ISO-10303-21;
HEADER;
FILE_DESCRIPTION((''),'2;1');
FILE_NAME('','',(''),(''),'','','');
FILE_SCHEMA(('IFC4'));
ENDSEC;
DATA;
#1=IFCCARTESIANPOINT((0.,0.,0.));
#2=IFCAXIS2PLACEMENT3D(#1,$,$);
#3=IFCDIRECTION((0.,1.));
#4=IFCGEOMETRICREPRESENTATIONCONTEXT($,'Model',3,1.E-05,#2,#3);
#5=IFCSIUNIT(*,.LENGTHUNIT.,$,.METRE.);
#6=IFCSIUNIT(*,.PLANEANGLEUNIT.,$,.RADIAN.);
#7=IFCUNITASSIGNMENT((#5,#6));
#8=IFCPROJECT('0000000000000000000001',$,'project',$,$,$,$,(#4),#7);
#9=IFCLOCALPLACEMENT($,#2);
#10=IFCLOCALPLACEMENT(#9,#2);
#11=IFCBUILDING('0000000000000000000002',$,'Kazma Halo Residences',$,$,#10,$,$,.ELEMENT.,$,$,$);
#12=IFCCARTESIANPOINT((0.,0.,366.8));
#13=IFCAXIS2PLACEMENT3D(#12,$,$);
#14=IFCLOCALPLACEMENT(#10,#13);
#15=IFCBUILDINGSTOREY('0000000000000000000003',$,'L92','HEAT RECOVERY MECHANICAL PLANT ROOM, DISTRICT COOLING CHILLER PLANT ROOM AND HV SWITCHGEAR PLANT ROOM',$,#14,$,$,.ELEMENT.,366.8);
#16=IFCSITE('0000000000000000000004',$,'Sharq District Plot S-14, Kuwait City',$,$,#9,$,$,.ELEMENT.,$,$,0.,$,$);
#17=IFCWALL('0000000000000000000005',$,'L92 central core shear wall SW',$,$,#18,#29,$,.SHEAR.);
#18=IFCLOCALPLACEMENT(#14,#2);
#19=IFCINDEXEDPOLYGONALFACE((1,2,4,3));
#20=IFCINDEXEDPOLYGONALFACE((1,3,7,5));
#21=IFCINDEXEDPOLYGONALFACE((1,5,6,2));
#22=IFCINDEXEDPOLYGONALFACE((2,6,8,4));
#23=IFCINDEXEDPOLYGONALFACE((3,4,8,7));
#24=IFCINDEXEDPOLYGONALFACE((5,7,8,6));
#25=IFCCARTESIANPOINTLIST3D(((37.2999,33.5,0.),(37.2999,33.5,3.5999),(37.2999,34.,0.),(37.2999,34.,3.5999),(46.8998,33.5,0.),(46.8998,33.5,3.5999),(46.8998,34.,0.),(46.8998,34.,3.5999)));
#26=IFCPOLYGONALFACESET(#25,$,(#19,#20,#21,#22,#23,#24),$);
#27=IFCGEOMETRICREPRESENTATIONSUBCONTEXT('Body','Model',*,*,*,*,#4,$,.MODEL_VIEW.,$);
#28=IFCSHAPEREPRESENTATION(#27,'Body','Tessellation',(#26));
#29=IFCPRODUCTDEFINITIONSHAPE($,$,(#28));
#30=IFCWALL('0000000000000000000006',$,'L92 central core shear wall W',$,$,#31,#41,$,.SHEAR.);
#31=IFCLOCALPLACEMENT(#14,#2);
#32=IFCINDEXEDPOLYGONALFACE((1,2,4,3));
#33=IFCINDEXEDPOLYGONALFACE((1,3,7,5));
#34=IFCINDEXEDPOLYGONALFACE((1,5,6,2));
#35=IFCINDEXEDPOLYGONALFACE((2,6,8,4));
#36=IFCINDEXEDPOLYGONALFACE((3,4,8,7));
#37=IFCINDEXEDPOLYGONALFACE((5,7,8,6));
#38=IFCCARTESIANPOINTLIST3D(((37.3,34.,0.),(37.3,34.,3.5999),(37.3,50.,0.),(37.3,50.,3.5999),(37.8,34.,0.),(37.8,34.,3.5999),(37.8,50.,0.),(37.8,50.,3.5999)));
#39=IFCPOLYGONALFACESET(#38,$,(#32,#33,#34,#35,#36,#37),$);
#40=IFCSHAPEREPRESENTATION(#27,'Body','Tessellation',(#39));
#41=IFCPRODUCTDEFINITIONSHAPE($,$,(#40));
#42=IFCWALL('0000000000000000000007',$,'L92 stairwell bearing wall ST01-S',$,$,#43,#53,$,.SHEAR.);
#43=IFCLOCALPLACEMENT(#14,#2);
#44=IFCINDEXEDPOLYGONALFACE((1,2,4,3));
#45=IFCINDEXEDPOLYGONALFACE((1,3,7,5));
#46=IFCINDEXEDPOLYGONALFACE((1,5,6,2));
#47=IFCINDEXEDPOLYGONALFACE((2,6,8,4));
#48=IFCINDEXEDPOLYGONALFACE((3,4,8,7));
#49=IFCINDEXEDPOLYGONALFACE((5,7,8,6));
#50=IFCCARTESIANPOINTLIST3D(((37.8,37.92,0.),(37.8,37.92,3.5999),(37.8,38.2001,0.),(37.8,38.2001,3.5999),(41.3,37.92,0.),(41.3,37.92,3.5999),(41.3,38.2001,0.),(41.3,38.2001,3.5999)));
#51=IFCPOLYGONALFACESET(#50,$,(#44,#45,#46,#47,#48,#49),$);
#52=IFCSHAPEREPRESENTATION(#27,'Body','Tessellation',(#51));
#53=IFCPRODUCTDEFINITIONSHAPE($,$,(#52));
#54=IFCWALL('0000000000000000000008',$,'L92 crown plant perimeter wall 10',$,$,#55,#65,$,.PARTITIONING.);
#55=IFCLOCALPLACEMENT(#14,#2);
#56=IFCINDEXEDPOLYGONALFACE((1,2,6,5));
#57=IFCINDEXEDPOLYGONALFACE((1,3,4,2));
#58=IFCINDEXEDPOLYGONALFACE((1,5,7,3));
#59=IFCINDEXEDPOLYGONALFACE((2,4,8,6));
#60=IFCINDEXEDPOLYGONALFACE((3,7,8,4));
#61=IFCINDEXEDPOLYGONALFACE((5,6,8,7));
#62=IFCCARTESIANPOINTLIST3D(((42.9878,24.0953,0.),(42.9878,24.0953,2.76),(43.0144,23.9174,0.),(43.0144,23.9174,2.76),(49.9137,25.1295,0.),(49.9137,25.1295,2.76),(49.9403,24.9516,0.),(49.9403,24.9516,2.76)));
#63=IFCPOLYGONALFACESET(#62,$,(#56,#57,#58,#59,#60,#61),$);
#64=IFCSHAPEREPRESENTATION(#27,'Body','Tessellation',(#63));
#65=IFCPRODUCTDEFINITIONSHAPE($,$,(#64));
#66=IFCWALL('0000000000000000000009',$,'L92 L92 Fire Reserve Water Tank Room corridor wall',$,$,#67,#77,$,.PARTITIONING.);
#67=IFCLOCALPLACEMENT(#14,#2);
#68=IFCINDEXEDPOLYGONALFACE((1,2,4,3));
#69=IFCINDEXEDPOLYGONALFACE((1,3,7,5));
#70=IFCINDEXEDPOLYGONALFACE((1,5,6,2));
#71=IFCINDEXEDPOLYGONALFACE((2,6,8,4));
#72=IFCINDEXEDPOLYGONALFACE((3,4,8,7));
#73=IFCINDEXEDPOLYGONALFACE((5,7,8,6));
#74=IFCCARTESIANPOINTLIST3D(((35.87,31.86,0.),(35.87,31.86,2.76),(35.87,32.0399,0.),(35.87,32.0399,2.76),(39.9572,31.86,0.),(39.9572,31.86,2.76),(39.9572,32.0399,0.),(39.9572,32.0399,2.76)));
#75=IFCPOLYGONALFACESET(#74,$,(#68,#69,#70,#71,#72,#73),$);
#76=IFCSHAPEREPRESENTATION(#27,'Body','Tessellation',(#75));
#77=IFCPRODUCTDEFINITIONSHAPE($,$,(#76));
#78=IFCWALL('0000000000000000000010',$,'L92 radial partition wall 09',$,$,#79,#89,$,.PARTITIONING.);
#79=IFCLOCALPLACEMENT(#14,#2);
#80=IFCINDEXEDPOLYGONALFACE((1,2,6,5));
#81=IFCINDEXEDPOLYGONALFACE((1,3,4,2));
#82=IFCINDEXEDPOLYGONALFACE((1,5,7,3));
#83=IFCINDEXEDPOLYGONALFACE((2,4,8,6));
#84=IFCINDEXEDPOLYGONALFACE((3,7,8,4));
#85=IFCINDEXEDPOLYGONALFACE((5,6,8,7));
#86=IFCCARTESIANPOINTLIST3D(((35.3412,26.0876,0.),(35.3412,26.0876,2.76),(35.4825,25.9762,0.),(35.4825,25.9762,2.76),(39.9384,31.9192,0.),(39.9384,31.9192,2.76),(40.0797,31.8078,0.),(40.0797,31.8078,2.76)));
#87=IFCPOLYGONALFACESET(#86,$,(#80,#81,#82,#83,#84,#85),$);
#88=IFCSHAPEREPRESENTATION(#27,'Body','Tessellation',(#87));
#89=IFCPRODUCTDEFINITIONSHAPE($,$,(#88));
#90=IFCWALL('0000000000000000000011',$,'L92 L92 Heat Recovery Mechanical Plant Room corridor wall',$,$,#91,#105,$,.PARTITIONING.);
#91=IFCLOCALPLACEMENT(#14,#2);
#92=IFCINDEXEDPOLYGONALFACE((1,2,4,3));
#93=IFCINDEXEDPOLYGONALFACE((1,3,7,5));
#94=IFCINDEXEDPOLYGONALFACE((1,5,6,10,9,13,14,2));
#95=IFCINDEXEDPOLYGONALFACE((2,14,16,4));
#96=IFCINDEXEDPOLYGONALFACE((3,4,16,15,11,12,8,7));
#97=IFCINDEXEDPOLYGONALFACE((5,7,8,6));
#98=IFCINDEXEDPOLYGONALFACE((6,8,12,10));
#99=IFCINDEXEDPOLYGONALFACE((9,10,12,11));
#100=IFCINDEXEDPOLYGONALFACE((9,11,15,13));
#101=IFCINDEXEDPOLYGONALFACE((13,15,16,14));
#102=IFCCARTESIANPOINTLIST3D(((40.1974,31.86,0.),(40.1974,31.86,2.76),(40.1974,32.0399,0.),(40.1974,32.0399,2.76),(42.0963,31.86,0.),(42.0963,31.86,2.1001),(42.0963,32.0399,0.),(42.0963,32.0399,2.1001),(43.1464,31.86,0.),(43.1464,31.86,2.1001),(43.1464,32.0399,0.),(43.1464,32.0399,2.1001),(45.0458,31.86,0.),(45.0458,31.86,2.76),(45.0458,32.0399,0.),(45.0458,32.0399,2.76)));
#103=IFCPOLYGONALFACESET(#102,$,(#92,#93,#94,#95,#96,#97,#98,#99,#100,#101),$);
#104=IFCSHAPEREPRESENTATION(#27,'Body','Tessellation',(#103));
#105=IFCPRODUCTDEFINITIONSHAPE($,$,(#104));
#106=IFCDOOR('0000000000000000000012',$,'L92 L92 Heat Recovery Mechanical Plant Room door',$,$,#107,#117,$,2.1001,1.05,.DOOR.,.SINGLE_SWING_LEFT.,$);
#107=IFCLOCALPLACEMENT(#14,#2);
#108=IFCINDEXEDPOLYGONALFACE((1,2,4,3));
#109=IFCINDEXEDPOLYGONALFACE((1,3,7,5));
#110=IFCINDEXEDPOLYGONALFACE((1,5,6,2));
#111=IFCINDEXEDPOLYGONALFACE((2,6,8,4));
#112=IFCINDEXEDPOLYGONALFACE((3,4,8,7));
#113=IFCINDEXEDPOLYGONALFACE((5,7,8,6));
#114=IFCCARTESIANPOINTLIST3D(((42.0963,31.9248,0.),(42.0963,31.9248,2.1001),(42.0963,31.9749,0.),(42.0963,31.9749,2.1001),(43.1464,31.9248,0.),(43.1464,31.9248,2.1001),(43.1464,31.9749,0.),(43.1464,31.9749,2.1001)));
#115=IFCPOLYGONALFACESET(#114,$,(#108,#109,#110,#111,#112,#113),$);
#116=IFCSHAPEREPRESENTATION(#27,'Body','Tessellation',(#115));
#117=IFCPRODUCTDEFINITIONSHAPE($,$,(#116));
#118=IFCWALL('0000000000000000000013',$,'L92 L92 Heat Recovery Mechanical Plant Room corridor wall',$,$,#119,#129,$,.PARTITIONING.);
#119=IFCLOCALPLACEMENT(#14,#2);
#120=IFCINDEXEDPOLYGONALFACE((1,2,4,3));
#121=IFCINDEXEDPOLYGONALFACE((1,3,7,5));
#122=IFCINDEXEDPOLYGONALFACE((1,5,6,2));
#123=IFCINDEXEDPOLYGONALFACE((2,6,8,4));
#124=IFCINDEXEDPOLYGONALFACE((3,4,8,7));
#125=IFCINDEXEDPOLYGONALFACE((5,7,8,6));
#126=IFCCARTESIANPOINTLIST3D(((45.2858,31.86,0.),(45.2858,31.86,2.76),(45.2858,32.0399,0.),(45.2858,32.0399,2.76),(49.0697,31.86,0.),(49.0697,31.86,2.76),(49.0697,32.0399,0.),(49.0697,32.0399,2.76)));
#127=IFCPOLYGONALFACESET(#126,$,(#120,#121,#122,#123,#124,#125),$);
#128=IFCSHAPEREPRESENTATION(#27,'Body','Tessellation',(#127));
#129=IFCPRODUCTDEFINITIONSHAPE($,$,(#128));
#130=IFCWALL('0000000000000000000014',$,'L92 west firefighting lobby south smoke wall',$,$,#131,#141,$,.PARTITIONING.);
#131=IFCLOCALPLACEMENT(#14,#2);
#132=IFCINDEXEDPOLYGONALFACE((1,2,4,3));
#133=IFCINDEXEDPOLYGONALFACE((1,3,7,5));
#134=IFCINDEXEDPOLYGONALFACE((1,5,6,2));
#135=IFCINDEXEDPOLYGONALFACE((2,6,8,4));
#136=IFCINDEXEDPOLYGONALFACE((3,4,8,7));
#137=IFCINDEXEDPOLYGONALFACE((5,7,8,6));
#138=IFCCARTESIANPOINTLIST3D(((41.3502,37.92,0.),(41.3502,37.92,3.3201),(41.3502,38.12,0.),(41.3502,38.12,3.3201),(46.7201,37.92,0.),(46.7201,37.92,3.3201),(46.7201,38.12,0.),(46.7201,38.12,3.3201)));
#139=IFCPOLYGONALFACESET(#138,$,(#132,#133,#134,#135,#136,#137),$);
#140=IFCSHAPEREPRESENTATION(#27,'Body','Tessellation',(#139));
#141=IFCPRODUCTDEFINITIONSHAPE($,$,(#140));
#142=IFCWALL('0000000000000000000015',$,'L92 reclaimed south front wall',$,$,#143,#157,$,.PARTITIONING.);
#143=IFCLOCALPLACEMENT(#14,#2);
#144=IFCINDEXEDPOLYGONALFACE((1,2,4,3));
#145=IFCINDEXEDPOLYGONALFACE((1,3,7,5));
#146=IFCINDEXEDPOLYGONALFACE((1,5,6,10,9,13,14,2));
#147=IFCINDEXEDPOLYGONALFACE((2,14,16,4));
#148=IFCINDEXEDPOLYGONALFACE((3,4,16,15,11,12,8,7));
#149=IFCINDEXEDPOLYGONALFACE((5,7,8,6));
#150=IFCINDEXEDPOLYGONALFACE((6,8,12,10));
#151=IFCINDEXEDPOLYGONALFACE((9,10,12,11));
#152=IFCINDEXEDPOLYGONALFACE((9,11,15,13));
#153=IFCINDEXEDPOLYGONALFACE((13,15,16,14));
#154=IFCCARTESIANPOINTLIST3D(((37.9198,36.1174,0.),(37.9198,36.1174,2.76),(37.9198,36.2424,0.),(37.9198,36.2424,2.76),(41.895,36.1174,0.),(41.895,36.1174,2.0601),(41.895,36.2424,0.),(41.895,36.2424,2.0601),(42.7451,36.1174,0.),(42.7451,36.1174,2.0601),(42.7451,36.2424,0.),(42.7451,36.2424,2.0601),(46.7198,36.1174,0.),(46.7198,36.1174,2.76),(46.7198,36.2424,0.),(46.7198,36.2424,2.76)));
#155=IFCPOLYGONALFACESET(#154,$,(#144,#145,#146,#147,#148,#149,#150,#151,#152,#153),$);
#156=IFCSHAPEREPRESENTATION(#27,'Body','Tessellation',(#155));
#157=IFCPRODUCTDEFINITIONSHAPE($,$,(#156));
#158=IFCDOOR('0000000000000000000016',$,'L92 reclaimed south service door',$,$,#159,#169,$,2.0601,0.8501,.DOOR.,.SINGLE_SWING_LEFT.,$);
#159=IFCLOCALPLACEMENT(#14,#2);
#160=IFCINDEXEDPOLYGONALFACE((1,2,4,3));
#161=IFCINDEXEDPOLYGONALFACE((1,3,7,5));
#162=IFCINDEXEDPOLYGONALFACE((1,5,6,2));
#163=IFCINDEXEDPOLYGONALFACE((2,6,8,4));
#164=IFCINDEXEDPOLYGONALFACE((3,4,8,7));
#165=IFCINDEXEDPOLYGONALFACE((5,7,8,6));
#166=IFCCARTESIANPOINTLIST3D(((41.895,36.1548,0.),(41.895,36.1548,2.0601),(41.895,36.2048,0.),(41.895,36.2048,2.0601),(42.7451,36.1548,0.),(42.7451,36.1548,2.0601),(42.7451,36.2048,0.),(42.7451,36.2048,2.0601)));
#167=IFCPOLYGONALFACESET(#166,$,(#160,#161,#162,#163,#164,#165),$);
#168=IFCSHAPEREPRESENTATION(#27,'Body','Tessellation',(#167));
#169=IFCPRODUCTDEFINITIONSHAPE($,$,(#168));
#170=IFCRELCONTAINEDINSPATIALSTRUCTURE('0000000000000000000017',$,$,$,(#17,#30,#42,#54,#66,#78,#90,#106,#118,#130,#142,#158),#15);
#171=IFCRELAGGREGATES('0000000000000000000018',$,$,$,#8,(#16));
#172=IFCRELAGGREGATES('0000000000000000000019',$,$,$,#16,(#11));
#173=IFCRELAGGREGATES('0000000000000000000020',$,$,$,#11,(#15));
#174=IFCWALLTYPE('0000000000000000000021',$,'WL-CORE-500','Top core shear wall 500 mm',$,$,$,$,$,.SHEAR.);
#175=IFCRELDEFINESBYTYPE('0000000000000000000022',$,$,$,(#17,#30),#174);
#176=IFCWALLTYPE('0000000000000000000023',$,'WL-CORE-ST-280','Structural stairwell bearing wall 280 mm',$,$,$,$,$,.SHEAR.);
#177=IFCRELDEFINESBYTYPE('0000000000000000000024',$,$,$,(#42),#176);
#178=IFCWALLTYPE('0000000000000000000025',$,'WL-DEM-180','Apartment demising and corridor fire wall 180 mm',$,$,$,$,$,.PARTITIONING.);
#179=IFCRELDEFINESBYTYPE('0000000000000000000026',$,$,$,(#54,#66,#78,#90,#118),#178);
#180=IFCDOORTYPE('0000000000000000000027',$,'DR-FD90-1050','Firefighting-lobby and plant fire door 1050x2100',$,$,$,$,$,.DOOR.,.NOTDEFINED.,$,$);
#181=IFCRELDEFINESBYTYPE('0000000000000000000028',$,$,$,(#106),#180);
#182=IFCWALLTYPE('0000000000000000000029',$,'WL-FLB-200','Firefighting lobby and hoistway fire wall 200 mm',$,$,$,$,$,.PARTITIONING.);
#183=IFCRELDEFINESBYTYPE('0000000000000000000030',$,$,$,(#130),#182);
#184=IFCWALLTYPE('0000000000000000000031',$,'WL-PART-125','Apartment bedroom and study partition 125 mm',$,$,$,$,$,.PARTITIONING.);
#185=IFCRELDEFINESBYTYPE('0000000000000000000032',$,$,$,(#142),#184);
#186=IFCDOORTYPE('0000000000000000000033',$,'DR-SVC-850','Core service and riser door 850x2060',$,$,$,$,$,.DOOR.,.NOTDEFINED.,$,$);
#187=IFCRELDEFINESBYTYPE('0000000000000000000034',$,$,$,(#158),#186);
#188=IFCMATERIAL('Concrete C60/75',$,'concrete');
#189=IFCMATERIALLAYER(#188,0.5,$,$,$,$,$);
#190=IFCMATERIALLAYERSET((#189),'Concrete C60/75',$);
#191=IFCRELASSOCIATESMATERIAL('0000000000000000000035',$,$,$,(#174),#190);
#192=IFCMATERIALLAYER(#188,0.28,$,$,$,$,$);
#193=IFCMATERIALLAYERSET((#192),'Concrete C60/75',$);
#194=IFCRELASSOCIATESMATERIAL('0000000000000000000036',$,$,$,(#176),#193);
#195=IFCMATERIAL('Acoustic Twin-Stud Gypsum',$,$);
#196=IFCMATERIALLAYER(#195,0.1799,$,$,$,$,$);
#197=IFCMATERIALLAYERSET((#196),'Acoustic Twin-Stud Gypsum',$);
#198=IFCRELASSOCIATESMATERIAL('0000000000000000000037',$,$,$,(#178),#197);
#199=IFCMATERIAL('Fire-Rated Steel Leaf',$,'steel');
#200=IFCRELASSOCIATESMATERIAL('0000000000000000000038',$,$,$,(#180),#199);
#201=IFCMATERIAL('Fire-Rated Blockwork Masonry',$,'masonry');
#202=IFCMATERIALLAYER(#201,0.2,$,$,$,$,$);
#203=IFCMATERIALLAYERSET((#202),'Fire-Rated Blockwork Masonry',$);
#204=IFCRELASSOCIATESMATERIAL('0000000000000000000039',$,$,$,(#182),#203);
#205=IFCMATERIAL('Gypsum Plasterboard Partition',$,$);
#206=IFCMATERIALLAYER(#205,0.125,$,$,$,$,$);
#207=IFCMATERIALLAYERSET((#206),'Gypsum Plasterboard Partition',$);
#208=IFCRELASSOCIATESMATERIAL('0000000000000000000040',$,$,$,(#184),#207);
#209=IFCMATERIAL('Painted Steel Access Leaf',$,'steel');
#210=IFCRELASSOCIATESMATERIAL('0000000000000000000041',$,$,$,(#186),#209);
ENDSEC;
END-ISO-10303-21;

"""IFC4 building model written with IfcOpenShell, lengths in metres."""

from ifc_helpers import new_model, si_unit, direction, frame, frame_2d, origin, place, context, subcontext, project, spatial, rectangle, extrude, material, layer, layer_set, type_object, element, fill, save


model = new_model("IFC4")

# Units and contexts
model_context = context("Model", 3, precision=1e-05, world=origin(), true_north=direction((0.0, 1.0)))
body_context = subcontext(model_context, "Body", "Model", "MODEL_VIEW")
ifc_project = project(units=[si_unit("LENGTHUNIT", "METRE"), si_unit("PLANEANGLEUNIT", "RADIAN")], contexts=[model_context])

# Site, building, storey
site_placement = place(None, origin())
site = spatial("IfcSite", under=ifc_project, at=site_placement, Name="Sharq District Plot S-14, Kuwait City", CompositionType="ELEMENT", RefElevation=0.0)
building_placement = place(site_placement, origin())
building = spatial("IfcBuilding", under=site, at=building_placement, Name="Kazma Halo Residences", CompositionType="ELEMENT")
storey_placement = place(building_placement, frame((0.0, 0.0, 366.8)))
storey = spatial("IfcBuildingStorey", under=building, at=storey_placement, Name="L92", Description="HEAT RECOVERY MECHANICAL PLANT ROOM, DISTRICT COOLING CHILLER PLANT ROOM AND HV SWITCHGEAR PLANT ROOM", CompositionType="ELEMENT", Elevation=366.8)

# Walls
ifc_material_1 = material(Name="Concrete C60/75", Category="concrete")
ifc_layer_1 = layer(ifc_material_1, 0.5)
ifc_layer_set_1 = layer_set([ifc_layer_1], Name="Concrete C60/75")
wall_type_1 = type_object("IfcWallType", Name="WL-CORE-500", Description="Top core shear wall 500 mm", PredefinedType="SHEAR", material=ifc_layer_set_1)
wall_1_placement = place(storey_placement, frame((37.3, 33.75, 0.0), z_axis=(0.0, 0.0, 1.0), x_axis=(1.0, 0.0, 0.0)))
element("IfcWall", 1, at=wall_1_placement, inside=storey, type_object=wall_type_1, Name="L92 central core shear wall SW", PredefinedType="SHEAR", context=body_context, shape_type="SweptSolid", body=[
    extrude(rectangle(XDim=9.5999, YDim=0.5, at=frame_2d((4.7998, 0.0))), origin(), (0.0, 0.0, 1.0), 3.5999),
])
wall_2_placement = place(storey_placement, frame((37.55, 34.0, 0.0), z_axis=(0.0, 0.0, 1.0), x_axis=(0.0, 1.0, 0.0)))
element("IfcWall", 2, at=wall_2_placement, inside=storey, type_object=wall_type_1, Name="L92 central core shear wall W", PredefinedType="SHEAR", context=body_context, shape_type="SweptSolid", body=[
    extrude(rectangle(XDim=16.0, YDim=0.5, at=frame_2d((8.0, 0.0))), origin(), (0.0, 0.0, 1.0), 3.5999),
])
ifc_layer_2 = layer(ifc_material_1, 0.28)
ifc_layer_set_2 = layer_set([ifc_layer_2], Name="Concrete C60/75")
wall_type_2 = type_object("IfcWallType", Name="WL-CORE-ST-280", Description="Structural stairwell bearing wall 280 mm", PredefinedType="SHEAR", material=ifc_layer_set_2)
wall_3_placement = place(storey_placement, frame((37.8, 38.0601, 0.0), z_axis=(0.0, 0.0, 1.0), x_axis=(1.0, 0.0, 0.0)))
element("IfcWall", 3, at=wall_3_placement, inside=storey, type_object=wall_type_2, Name="L92 stairwell bearing wall ST01-S", PredefinedType="SHEAR", context=body_context, shape_type="SweptSolid", body=[
    extrude(rectangle(XDim=3.5, YDim=0.28, at=frame_2d((1.75, 0.0))), origin(), (0.0, 0.0, 1.0), 3.5999),
])
ifc_material_2 = material(Name="Acoustic Twin-Stud Gypsum")
ifc_layer_3 = layer(ifc_material_2, 0.1799)
ifc_layer_set_3 = layer_set([ifc_layer_3], Name="Acoustic Twin-Stud Gypsum")
wall_type_3 = type_object("IfcWallType", Name="WL-DEM-180", Description="Apartment demising and corridor fire wall 180 mm", PredefinedType="PARTITIONING", material=ifc_layer_set_3)
wall_4_placement = place(storey_placement, frame((43.001, 24.0063, 0.0), z_axis=(0.0, 0.0, 1.0), x_axis=(0.989034, 0.147686, 0.0)))
element("IfcWall", 4, at=wall_4_placement, inside=storey, type_object=wall_type_3, Name="L92 crown plant perimeter wall 10", PredefinedType="PARTITIONING", context=body_context, shape_type="SweptSolid", body=[
    extrude(rectangle(XDim=7.0027, YDim=0.1799, at=frame_2d((3.5015, 0.0))), origin(), (0.0, 0.0, 1.0), 2.76),
])
wall_5_placement = place(storey_placement, frame((35.8701, 31.95, 0.0), z_axis=(0.0, 0.0, 1.0), x_axis=(1.0, 0.0, 0.0)))
element("IfcWall", 5, at=wall_5_placement, inside=storey, type_object=wall_type_3, Name="L92 L92 Fire Reserve Water Tank Room corridor wall", PredefinedType="PARTITIONING", context=body_context, shape_type="SweptSolid", body=[
    extrude(rectangle(XDim=4.0872, YDim=0.1799, at=frame_2d((2.0435, 0.0))), origin(), (0.0, 0.0, 1.0), 2.76),
])
wall_6_placement = place(storey_placement, frame((40.009, 31.8635, 0.0), z_axis=(0.0, 0.0, 1.0), x_axis=(-0.61909, -0.78532, 0.0)))
element("IfcWall", 6, at=wall_6_placement, inside=storey, type_object=wall_type_3, Name="L92 radial partition wall 09", PredefinedType="PARTITIONING", context=body_context, shape_type="SweptSolid", body=[
    extrude(rectangle(XDim=7.4258, YDim=0.1799, at=frame_2d((3.7129, 0.0))), origin(), (0.0, 0.0, 1.0), 2.76),
])

# Wall, opening, door
wall_7_placement = place(storey_placement, frame((40.1973, 31.95, 0.0), z_axis=(0.0, 0.0, 1.0), x_axis=(1.0, 0.0, 0.0)))
wall_7 = element("IfcWall", 7, at=wall_7_placement, inside=storey, type_object=wall_type_3, Name="L92 L92 Heat Recovery Mechanical Plant Room corridor wall", PredefinedType="PARTITIONING", context=body_context, shape_type="SweptSolid", body=[
    extrude(rectangle(XDim=4.8484, YDim=0.1799, at=frame_2d((2.4243, 0.0))), origin(), (0.0, 0.0, 1.0), 2.76),
])
opening_1_placement = place(wall_7_placement, frame((1.8992, 0.0, 0.0)))
opening_1 = element("IfcOpeningElement", 8, at=opening_1_placement, cuts=wall_7, PredefinedType="OPENING", context=body_context, shape_type="SweptSolid", body=[
    extrude(rectangle(XDim=1.05, YDim=2.1001, at=frame_2d((0.5249, 1.05))), frame((0.0, 0.0999, 0.0), z_axis=(0.0, -1.0, 0.0), x_axis=(1.0, 0.0, 0.0)), (0.0, 0.0, 1.0), 0.2),
])
ifc_material_3 = material(Name="Fire-Rated Steel Leaf", Category="steel")
door_type_1 = type_object("IfcDoorType", Name="DR-FD90-1050", Description="Firefighting-lobby and plant fire door 1050x2100", OperationType="NOTDEFINED", PredefinedType="DOOR", material=ifc_material_3)
door_1_placement = place(opening_1_placement, origin())
door_1 = element("IfcDoor", 9, at=door_1_placement, inside=storey, type_object=door_type_1, Name="L92 L92 Heat Recovery Mechanical Plant Room door", OperationType="SINGLE_SWING_LEFT", OverallHeight=2.1001, OverallWidth=1.05, PredefinedType="DOOR", context=body_context, shape_type="SweptSolid", body=[
    extrude(rectangle(XDim=1.05, YDim=2.1001, at=frame_2d((0.5249, 1.05))), frame((0.0, 0.0249, 0.0), z_axis=(0.0, -1.0, 0.0), x_axis=(1.0, 0.0, 0.0)), (0.0, 0.0, 1.0), 0.05),
])
fill(opening_1, door_1)

# Walls
wall_8_placement = place(storey_placement, frame((45.2856, 31.95, 0.0), z_axis=(0.0, 0.0, 1.0), x_axis=(1.0, 0.0, 0.0)))
element("IfcWall", 10, at=wall_8_placement, inside=storey, type_object=wall_type_3, Name="L92 L92 Heat Recovery Mechanical Plant Room corridor wall", PredefinedType="PARTITIONING", context=body_context, shape_type="SweptSolid", body=[
    extrude(rectangle(XDim=3.7839, YDim=0.1799, at=frame_2d((1.8921, 0.0))), origin(), (0.0, 0.0, 1.0), 2.76),
])
ifc_material_4 = material(Name="Fire-Rated Blockwork Masonry", Category="masonry")
ifc_layer_4 = layer(ifc_material_4, 0.2)
ifc_layer_set_4 = layer_set([ifc_layer_4], Name="Fire-Rated Blockwork Masonry")
wall_type_4 = type_object("IfcWallType", Name="WL-FLB-200", Description="Firefighting lobby and hoistway fire wall 200 mm", PredefinedType="PARTITIONING", material=ifc_layer_set_4)
wall_9_placement = place(storey_placement, frame((41.3501, 38.02, 0.0), z_axis=(0.0, 0.0, 1.0), x_axis=(1.0, 0.0, 0.0)))
element("IfcWall", 11, at=wall_9_placement, inside=storey, type_object=wall_type_4, Name="L92 west firefighting lobby south smoke wall", PredefinedType="PARTITIONING", context=body_context, shape_type="SweptSolid", body=[
    extrude(rectangle(XDim=5.3699, YDim=0.2, at=frame_2d((2.6851, 0.0))), origin(), (0.0, 0.0, 1.0), 3.3201),
])

# Wall, opening, door
ifc_material_5 = material(Name="Gypsum Plasterboard Partition")
ifc_layer_5 = layer(ifc_material_5, 0.125)
ifc_layer_set_5 = layer_set([ifc_layer_5], Name="Gypsum Plasterboard Partition")
wall_type_5 = type_object("IfcWallType", Name="WL-PART-125", Description="Apartment bedroom and study partition 125 mm", PredefinedType="PARTITIONING", material=ifc_layer_set_5)
wall_10_placement = place(storey_placement, frame((37.9199, 36.1799, 0.0), z_axis=(0.0, 0.0, 1.0), x_axis=(1.0, 0.0, 0.0)))
wall_10 = element("IfcWall", 12, at=wall_10_placement, inside=storey, type_object=wall_type_5, Name="L92 reclaimed south front wall", PredefinedType="PARTITIONING", context=body_context, shape_type="SweptSolid", body=[
    extrude(rectangle(XDim=8.8, YDim=0.125, at=frame_2d((4.3999, 0.0))), origin(), (0.0, 0.0, 1.0), 2.76),
])
opening_2_placement = place(wall_10_placement, frame((3.9751, 0.0, 0.0)))
opening_2 = element("IfcOpeningElement", 13, at=opening_2_placement, cuts=wall_10, PredefinedType="OPENING", context=body_context, shape_type="SweptSolid", body=[
    extrude(rectangle(XDim=0.8501, YDim=2.0601, at=frame_2d((0.425, 1.03))), frame((0.0, 0.0725, 0.0), z_axis=(0.0, -1.0, 0.0), x_axis=(1.0, 0.0, 0.0)), (0.0, 0.0, 1.0), 0.145),
])
ifc_material_6 = material(Name="Painted Steel Access Leaf", Category="steel")
door_type_2 = type_object("IfcDoorType", Name="DR-SVC-850", Description="Core service and riser door 850x2060", OperationType="NOTDEFINED", PredefinedType="DOOR", material=ifc_material_6)
door_2_placement = place(opening_2_placement, origin())
door_2 = element("IfcDoor", 14, at=door_2_placement, inside=storey, type_object=door_type_2, Name="L92 reclaimed south service door", OperationType="SINGLE_SWING_LEFT", OverallHeight=2.0601, OverallWidth=0.8501, PredefinedType="DOOR", context=body_context, shape_type="SweptSolid", body=[
    extrude(rectangle(XDim=0.8501, YDim=2.0601, at=frame_2d((0.425, 1.03))), frame((0.0, 0.0249, 0.0), z_axis=(0.0, -1.0, 0.0), x_axis=(1.0, 0.0, 0.0)), (0.0, 0.0, 1.0), 0.05),
])
fill(opening_2, door_2)

save(model, "model.ifc")
